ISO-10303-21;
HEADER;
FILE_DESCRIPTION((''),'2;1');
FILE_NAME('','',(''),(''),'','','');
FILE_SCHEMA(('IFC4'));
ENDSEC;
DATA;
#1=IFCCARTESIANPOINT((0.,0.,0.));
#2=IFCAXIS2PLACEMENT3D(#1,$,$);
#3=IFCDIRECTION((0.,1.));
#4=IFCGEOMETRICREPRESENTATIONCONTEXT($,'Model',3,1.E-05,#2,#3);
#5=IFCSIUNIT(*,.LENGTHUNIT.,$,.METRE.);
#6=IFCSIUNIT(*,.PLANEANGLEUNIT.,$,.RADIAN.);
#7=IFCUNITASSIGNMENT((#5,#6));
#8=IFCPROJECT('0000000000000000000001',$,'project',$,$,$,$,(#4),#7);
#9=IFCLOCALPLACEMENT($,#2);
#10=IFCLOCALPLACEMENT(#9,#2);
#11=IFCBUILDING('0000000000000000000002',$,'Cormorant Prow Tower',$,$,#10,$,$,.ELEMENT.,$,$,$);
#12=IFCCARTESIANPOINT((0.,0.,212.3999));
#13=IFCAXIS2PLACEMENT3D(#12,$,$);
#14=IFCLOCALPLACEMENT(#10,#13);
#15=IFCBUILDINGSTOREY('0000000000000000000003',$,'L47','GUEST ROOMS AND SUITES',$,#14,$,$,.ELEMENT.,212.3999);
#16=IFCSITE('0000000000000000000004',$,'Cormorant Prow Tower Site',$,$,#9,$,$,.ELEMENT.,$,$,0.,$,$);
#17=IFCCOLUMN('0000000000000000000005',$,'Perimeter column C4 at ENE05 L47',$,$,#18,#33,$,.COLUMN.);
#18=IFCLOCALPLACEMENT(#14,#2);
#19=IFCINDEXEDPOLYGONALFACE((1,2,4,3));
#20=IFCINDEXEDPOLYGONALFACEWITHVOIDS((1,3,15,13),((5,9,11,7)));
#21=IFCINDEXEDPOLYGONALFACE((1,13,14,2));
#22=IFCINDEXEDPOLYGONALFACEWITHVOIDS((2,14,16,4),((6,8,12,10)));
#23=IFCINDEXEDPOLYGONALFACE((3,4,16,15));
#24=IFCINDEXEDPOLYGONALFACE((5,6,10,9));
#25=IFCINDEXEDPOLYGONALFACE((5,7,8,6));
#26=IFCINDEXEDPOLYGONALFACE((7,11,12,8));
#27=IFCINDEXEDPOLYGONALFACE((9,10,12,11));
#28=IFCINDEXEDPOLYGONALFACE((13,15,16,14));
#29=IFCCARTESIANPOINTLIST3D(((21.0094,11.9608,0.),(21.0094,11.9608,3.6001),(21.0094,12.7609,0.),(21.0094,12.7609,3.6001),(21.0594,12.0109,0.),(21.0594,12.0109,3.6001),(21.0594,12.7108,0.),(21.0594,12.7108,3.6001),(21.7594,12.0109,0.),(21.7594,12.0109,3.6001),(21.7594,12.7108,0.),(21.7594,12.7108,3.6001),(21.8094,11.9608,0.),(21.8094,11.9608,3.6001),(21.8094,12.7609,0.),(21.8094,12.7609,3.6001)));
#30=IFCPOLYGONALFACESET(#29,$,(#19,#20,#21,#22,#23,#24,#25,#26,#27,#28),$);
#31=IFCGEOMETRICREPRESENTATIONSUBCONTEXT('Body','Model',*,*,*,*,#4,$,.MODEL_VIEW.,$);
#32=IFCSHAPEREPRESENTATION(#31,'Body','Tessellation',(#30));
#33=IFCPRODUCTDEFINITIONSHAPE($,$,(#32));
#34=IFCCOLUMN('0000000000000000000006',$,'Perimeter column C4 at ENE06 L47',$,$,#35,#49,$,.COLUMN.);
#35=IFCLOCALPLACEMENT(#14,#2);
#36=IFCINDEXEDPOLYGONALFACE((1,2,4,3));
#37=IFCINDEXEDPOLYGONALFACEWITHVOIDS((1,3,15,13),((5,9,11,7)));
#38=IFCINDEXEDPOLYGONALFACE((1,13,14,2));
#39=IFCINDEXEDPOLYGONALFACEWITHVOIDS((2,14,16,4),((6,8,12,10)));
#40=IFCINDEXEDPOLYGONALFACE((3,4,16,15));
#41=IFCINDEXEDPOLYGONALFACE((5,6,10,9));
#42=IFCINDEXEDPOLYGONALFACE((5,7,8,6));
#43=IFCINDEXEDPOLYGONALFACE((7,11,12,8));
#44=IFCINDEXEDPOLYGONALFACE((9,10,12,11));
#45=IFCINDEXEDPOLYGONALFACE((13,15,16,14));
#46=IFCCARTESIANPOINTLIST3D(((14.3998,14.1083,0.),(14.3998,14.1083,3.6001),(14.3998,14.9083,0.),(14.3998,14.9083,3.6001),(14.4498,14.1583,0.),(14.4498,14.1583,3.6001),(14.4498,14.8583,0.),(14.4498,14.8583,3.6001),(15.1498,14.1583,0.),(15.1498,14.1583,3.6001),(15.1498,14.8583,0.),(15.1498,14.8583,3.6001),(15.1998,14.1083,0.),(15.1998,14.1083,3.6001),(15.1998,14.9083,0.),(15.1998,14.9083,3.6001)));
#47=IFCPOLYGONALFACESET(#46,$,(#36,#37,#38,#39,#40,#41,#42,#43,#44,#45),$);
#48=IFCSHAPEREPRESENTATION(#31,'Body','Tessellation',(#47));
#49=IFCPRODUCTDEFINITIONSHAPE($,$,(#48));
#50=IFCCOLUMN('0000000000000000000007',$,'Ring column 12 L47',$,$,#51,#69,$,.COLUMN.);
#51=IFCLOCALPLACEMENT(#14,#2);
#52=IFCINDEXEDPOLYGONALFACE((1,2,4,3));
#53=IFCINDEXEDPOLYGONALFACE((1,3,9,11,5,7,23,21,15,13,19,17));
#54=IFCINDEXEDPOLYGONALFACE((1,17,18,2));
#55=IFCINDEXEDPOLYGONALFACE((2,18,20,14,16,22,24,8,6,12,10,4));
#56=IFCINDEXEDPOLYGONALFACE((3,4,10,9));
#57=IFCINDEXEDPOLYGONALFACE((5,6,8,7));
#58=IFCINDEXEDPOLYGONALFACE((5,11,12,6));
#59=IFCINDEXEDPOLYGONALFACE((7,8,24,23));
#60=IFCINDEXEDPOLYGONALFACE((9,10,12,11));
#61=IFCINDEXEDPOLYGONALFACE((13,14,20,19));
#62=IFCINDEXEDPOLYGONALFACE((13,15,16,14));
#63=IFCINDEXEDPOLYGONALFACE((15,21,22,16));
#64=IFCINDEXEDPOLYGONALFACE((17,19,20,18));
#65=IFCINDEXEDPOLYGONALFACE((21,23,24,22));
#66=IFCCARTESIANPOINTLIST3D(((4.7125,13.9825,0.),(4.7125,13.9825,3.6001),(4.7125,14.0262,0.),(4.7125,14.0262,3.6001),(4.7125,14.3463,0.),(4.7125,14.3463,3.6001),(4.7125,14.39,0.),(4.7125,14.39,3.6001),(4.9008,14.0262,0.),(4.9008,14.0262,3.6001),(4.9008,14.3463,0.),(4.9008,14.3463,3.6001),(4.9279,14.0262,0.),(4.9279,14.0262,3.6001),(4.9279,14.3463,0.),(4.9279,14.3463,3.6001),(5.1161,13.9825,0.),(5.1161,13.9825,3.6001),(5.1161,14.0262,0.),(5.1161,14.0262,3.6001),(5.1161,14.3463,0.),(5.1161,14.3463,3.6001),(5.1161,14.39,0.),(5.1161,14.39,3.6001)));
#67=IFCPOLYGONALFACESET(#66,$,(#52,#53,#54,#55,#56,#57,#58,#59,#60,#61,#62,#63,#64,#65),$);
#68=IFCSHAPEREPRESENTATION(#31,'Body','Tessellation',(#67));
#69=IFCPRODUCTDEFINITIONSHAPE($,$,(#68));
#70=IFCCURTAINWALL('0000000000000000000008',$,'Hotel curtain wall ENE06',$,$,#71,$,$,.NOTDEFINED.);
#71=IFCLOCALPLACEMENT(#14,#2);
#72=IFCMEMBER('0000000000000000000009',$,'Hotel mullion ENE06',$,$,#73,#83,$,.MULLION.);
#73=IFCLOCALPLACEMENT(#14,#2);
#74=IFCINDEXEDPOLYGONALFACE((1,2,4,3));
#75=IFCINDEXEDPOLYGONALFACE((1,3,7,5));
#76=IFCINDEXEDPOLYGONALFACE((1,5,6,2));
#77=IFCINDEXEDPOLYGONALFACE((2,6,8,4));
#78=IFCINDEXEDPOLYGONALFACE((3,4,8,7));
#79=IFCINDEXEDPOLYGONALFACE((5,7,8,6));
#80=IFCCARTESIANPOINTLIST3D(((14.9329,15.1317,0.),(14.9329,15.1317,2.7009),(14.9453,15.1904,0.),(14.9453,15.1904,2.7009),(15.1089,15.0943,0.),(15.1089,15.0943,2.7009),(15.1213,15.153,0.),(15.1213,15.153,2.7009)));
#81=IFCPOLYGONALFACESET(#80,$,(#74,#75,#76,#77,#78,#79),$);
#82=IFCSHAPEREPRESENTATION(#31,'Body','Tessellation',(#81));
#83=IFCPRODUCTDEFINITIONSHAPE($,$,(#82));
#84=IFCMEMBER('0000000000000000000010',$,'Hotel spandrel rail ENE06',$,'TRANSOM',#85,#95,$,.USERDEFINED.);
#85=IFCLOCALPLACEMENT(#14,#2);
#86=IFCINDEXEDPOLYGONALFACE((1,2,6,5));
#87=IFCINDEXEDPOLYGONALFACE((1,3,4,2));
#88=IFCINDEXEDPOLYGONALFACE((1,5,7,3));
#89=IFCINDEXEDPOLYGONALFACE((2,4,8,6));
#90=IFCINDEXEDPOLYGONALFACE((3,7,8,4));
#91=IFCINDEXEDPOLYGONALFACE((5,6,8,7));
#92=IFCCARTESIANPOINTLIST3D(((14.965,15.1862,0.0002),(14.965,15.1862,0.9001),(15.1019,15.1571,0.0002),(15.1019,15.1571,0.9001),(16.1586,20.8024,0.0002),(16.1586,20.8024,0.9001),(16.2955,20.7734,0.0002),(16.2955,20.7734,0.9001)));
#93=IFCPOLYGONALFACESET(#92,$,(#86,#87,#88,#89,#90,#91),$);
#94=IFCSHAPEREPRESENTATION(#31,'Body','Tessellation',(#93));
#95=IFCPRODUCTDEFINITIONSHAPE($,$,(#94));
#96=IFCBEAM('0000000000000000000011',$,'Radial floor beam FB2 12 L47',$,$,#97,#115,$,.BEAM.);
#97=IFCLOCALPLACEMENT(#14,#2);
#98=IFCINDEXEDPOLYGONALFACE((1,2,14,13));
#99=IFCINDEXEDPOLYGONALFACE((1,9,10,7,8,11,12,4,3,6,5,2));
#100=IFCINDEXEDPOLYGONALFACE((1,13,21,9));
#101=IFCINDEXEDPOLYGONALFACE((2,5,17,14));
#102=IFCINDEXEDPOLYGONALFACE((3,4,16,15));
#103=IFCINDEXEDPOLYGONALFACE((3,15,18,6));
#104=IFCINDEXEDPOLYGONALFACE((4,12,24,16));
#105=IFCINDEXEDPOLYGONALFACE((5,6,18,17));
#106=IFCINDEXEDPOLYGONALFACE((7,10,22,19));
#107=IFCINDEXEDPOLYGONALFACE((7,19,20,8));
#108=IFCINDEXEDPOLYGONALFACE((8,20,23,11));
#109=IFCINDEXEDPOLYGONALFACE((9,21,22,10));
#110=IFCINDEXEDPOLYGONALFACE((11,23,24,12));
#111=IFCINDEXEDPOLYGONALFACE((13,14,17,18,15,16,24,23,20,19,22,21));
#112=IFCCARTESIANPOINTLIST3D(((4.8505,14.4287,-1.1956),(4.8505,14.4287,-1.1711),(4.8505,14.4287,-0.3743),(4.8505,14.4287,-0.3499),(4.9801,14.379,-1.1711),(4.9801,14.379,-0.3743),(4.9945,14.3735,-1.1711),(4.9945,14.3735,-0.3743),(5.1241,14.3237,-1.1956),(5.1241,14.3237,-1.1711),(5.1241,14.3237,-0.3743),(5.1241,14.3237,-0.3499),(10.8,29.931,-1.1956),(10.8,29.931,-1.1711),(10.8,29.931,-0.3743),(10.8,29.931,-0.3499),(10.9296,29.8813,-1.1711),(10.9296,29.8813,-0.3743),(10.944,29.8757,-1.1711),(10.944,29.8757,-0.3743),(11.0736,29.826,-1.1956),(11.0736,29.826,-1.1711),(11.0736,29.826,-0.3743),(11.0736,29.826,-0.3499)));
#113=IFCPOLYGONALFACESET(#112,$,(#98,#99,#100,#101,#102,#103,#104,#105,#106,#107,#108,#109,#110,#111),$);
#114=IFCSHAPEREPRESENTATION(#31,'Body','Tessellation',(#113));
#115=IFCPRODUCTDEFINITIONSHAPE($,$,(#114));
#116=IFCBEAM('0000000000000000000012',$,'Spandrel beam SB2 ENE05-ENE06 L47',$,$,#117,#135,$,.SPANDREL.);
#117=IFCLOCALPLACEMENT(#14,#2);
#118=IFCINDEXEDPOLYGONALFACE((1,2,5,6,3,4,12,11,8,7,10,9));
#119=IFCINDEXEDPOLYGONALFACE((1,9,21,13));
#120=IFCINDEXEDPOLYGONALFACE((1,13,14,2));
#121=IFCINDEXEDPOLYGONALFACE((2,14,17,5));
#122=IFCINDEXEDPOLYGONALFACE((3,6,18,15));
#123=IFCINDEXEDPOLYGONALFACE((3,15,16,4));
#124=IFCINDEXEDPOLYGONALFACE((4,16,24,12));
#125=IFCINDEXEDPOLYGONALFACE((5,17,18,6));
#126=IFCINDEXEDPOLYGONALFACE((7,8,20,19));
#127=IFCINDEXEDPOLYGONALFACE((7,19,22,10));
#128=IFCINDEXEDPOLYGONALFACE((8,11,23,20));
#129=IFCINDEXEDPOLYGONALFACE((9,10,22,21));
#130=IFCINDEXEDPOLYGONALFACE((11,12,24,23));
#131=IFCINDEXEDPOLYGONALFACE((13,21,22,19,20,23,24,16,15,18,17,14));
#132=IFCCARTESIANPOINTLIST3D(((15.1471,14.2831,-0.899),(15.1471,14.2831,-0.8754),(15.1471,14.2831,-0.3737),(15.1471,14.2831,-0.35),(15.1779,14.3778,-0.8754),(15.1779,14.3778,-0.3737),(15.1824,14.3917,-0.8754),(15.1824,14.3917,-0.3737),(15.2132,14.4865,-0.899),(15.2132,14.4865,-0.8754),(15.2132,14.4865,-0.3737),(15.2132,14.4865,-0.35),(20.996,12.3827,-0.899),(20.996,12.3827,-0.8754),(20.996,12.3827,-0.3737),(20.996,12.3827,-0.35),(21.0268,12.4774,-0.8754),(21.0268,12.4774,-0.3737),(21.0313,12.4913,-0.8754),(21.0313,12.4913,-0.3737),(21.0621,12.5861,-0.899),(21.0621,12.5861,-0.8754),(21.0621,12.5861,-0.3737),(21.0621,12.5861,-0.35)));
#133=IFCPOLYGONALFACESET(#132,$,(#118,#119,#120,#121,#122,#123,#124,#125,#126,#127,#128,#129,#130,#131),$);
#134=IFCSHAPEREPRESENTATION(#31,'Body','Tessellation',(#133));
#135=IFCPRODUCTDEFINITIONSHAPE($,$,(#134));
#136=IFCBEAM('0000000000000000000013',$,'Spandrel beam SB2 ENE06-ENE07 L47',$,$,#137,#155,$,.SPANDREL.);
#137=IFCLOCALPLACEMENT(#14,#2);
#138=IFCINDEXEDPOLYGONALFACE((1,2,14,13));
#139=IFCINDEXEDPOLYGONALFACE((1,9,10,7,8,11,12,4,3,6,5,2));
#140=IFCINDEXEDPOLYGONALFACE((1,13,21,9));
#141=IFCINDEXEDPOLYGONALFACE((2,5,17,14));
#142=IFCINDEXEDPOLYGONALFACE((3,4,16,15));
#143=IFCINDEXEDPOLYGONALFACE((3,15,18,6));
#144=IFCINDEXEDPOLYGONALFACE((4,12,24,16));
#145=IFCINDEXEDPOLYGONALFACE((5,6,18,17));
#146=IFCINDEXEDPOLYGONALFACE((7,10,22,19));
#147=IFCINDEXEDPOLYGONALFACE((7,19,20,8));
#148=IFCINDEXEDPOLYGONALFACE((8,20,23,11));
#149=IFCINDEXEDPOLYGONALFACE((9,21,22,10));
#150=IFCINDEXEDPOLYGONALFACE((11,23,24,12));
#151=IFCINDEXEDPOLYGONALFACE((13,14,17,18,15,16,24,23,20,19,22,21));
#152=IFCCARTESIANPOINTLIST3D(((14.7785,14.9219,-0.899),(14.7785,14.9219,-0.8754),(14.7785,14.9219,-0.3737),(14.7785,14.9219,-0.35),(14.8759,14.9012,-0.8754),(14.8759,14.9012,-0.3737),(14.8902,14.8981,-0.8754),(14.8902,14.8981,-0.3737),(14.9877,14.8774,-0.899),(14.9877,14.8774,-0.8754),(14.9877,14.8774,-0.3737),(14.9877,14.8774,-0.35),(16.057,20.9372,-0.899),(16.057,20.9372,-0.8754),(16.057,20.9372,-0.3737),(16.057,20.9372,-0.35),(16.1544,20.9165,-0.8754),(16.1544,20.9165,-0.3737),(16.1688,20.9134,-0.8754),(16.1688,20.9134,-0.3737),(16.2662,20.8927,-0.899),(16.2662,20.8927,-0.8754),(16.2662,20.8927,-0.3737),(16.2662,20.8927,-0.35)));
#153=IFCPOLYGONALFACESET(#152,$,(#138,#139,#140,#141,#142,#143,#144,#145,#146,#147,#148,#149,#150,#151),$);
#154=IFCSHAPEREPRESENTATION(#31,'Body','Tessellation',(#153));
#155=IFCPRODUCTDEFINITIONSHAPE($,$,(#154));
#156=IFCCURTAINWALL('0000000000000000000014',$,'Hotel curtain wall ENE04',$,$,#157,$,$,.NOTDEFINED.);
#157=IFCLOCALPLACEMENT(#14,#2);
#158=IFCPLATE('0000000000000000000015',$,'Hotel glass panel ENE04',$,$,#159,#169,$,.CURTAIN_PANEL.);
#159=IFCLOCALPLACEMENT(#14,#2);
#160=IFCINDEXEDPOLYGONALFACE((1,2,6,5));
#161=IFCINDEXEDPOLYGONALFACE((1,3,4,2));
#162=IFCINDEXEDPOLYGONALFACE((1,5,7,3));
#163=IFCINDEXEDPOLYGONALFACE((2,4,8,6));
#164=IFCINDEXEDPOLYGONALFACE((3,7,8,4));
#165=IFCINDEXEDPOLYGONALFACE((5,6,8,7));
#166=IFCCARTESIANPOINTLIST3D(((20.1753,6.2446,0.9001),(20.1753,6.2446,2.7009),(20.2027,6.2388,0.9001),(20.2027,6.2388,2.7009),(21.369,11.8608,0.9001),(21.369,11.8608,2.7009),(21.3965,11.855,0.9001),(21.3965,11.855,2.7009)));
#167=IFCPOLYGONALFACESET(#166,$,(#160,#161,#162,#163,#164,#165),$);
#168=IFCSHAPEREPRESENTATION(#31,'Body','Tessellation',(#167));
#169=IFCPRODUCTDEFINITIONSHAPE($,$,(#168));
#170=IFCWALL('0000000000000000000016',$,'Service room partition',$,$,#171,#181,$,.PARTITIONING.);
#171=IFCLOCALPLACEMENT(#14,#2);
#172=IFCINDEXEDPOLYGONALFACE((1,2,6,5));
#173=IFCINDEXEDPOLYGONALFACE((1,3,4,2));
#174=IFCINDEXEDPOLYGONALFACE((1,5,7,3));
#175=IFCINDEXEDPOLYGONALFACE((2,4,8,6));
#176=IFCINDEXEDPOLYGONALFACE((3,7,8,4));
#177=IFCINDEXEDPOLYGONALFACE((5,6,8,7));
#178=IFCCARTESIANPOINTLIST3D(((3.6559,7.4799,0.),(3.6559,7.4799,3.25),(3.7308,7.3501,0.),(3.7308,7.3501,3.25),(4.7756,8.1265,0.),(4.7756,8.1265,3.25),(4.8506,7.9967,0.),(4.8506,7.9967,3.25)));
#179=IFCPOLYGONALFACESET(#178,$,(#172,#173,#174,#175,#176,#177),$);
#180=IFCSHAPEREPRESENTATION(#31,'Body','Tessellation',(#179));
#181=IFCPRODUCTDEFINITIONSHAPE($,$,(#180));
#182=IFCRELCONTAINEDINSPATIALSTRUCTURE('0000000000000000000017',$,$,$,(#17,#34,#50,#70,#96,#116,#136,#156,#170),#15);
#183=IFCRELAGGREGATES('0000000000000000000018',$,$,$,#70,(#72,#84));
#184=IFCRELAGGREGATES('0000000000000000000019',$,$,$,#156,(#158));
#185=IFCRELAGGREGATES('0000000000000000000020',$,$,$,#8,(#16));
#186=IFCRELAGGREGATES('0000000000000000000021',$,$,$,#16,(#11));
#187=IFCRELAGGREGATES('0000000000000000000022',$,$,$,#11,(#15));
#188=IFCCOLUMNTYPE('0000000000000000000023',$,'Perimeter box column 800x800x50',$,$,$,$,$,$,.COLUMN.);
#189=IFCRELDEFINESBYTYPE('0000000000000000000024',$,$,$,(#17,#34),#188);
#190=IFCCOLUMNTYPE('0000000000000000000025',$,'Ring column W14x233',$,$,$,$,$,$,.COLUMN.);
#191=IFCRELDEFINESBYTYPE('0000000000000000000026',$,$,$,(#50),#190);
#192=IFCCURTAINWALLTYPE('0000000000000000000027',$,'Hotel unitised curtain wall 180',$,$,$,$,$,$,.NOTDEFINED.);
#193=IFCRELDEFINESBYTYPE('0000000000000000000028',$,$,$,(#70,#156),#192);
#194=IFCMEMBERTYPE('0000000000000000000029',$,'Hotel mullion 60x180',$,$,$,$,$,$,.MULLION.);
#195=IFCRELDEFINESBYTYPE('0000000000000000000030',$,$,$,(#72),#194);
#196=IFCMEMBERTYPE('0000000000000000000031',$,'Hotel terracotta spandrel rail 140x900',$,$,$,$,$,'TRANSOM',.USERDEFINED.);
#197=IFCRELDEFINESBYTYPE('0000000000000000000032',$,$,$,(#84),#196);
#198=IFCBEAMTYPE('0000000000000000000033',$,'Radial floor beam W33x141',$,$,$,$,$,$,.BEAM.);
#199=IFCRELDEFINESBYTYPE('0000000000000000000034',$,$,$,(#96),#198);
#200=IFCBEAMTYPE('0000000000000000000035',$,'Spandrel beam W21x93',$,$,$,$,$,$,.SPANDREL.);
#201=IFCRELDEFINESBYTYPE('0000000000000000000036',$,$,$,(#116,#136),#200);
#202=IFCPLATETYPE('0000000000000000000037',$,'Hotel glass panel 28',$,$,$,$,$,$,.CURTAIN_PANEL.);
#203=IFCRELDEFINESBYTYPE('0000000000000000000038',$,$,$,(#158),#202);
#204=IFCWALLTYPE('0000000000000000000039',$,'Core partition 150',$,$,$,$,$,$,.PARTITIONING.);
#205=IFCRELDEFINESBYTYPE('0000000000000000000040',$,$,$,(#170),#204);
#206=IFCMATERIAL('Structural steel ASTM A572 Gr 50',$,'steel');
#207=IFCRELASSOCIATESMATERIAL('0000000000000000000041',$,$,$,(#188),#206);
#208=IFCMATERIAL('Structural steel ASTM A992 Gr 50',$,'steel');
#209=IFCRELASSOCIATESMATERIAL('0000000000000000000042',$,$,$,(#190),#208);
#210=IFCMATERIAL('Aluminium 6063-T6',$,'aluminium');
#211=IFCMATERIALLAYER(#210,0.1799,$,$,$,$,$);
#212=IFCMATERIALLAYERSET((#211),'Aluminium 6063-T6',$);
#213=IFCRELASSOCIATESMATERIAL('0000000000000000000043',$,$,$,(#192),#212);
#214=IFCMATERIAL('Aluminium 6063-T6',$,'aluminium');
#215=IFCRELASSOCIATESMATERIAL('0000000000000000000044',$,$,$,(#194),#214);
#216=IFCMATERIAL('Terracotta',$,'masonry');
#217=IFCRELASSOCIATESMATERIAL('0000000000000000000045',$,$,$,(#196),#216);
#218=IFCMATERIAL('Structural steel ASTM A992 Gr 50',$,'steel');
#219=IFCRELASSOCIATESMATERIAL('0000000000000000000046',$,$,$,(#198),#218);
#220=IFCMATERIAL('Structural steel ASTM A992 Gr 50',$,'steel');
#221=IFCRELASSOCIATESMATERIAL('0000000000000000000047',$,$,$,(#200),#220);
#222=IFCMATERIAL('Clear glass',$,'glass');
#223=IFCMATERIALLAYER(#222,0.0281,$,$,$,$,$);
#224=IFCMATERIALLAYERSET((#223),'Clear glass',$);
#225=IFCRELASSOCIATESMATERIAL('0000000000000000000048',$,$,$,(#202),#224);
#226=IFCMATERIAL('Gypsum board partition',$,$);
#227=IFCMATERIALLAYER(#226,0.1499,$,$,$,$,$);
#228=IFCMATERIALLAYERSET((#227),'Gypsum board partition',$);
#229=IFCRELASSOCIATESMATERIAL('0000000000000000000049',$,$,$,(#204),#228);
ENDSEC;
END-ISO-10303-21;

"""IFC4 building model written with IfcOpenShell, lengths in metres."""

from ifc_helpers import new_model, si_unit, direction, frame, frame_2d, origin, origin_2d, place, context, subcontext, project, spatial, rectangle, hollow_rectangle, i_section, extrude, material, layer, layer_set, material_profile, profile_set, type_object, element, aggregate, save


model = new_model("IFC4")

# Units and contexts
model_context = context("Model", 3, precision=1e-05, world=origin(), true_north=direction((0.0, 1.0)))
body_context = subcontext(model_context, "Body", "Model", "MODEL_VIEW")
ifc_project = project(units=[si_unit("LENGTHUNIT", "METRE"), si_unit("PLANEANGLEUNIT", "RADIAN")], contexts=[model_context])

# Site, building, storey
site_placement = place(None, origin())
site = spatial("IfcSite", under=ifc_project, at=site_placement, Name="Cormorant Prow Tower Site", CompositionType="ELEMENT", RefElevation=0.0)
building_placement = place(site_placement, origin())
building = spatial("IfcBuilding", under=site, at=building_placement, Name="Cormorant Prow Tower", CompositionType="ELEMENT")
storey_placement = place(building_placement, frame((0.0, 0.0, 212.3999)))
storey = spatial("IfcBuildingStorey", under=building, at=storey_placement, Name="L47", Description="GUEST ROOMS AND SUITES", CompositionType="ELEMENT", Elevation=212.3999)

# Columns
ifc_material_1 = material(Name="Structural steel ASTM A572 Gr 50", Category="steel")
ifc_material_profile_1 = material_profile(ifc_material_1, hollow_rectangle(XDim=0.8, YDim=0.8, WallThickness=0.05, at=origin_2d()), Name="Box 800x800x50")
ifc_profile_set_1 = profile_set([ifc_material_profile_1], Name="Structural steel ASTM A572 Gr 50")
column_type_1 = type_object("IfcColumnType", Name="Perimeter box column 800x800x50", PredefinedType="COLUMN", material=ifc_profile_set_1)
for number, where, z_axis, x_axis, name in (
    (1, (21.4094, 12.3608, 0.0), (0.0, 0.0, 1.0), (1.0, 0.0, 0.0), "Perimeter column C4 at ENE05 L47"),
    (2, (14.7998, 14.5083, 0.0), (0.0, 0.0, 1.0), (1.0, 0.0, 0.0), "Perimeter column C4 at ENE06 L47"),
):
    element("IfcColumn", number, at=place(storey_placement, frame(where, z_axis=z_axis, x_axis=x_axis)), inside=storey, type_object=column_type_1, Name=name, PredefinedType="COLUMN", context=body_context, shape_type="SweptSolid", body=[
        extrude(hollow_rectangle(XDim=0.8, YDim=0.8, WallThickness=0.05, at=origin_2d()), origin(), (0.0, 0.0, 1.0), 3.6001),
    ])
ifc_material_2 = material(Name="Structural steel ASTM A992 Gr 50", Category="steel")
ifc_material_profile_2 = material_profile(ifc_material_2, i_section(OverallWidth=0.4036, OverallDepth=0.4075, WebThickness=0.0271, FlangeThickness=0.0437, at=origin_2d()), Name="W14x233")
ifc_profile_set_2 = profile_set([ifc_material_profile_2], Name="Structural steel ASTM A992 Gr 50")
column_type_2 = type_object("IfcColumnType", Name="Ring column W14x233", PredefinedType="COLUMN", material=ifc_profile_set_2)
column_placement = place(storey_placement, frame((4.9143, 14.1863, 0.0), z_axis=(0.0, 0.0, 1.0), x_axis=(1.0, 0.0, 0.0)))
element("IfcColumn", 3, at=column_placement, inside=storey, type_object=column_type_2, Name="Ring column 12 L47", PredefinedType="COLUMN", context=body_context, shape_type="SweptSolid", body=[
    extrude(i_section(OverallWidth=0.4036, OverallDepth=0.4075, WebThickness=0.0271, FlangeThickness=0.0437, at=origin_2d()), origin(), (0.0, 0.0, 1.0), 3.6001),
])

# Curtain wall, members
ifc_material_3 = material(Name="Aluminium 6063-T6", Category="aluminium")
ifc_layer_1 = layer(ifc_material_3, 0.1799)
ifc_layer_set_1 = layer_set([ifc_layer_1], Name="Aluminium 6063-T6")
curtain_wall_type = type_object("IfcCurtainWallType", Name="Hotel unitised curtain wall 180", PredefinedType="NOTDEFINED", material=ifc_layer_set_1)
curtain_wall_1_placement = place(storey_placement, origin())
curtain_wall_1 = element("IfcCurtainWall", 4, at=curtain_wall_1_placement, inside=storey, type_object=curtain_wall_type, Name="Hotel curtain wall ENE06", PredefinedType="NOTDEFINED")
ifc_material_4 = material(Name="Aluminium 6063-T6", Category="aluminium")
ifc_material_profile_3 = material_profile(ifc_material_4, rectangle(XDim=0.1799, YDim=0.0601, at=origin_2d()), Name="Hotel mullion 60x180")
ifc_profile_set_3 = profile_set([ifc_material_profile_3], Name="Aluminium 6063-T6")
member_type_1 = type_object("IfcMemberType", Name="Hotel mullion 60x180", PredefinedType="MULLION", material=ifc_profile_set_3)
member_1_placement = place(storey_placement, frame((15.0271, 15.1423, 0.0), z_axis=(0.0, 0.0, 1.0), x_axis=(-0.978148, 0.207912, 0.0)))
member_1 = element("IfcMember", 5, at=member_1_placement, type_object=member_type_1, Name="Hotel mullion ENE06", PredefinedType="MULLION", context=body_context, shape_type="SweptSolid", body=[
    extrude(rectangle(XDim=0.1799, YDim=0.0601, at=origin_2d()), origin(), (0.0, 0.0, 1.0), 2.7009),
])
ifc_material_5 = material(Name="Terracotta", Category="masonry")
ifc_material_profile_4 = material_profile(ifc_material_5, rectangle(XDim=0.1399, YDim=0.8999, at=origin_2d()), Name="Hotel terracotta spandrel rail 140x900")
ifc_profile_set_4 = profile_set([ifc_material_profile_4], Name="Terracotta")
member_type_2 = type_object("IfcMemberType", Name="Hotel terracotta spandrel rail 140x900", ElementType="TRANSOM", PredefinedType="USERDEFINED", material=ifc_profile_set_4)
member_2_placement = place(storey_placement, frame((15.0334, 15.1716, 0.4502), z_axis=(0.207885, 0.978153, 0.0), x_axis=(-0.978153, 0.207885, 0.0)))
member_2 = element("IfcMember", 6, at=member_2_placement, type_object=member_type_2, Name="Hotel spandrel rail ENE06", ObjectType="TRANSOM", PredefinedType="USERDEFINED", context=body_context, shape_type="SweptSolid", body=[
    extrude(rectangle(XDim=0.1399, YDim=0.8999, at=origin_2d()), origin(), (0.0, 0.0, 1.0), 5.7417),
])
aggregate(curtain_wall_1, [member_1, member_2])

# Beams
ifc_material_6 = material(Name="Structural steel ASTM A992 Gr 50", Category="steel")
ifc_material_profile_5 = material_profile(ifc_material_6, i_section(OverallWidth=0.293, OverallDepth=0.8457, WebThickness=0.0154, FlangeThickness=0.0244, at=origin_2d()), Name="W33x141")
ifc_profile_set_5 = profile_set([ifc_material_profile_5], Name="Structural steel ASTM A992 Gr 50")
beam_type_1 = type_object("IfcBeamType", Name="Radial floor beam W33x141", PredefinedType="BEAM", material=ifc_profile_set_5)
beam_1_placement = place(storey_placement, frame((4.9873, 14.3762, -0.7727), z_axis=(0.358301, 0.933606, 0.0), x_axis=(-0.933606, 0.358301, 0.0)))
element("IfcBeam", 7, at=beam_1_placement, inside=storey, type_object=beam_type_1, Name="Radial floor beam FB2 12 L47", PredefinedType="BEAM", context=body_context, shape_type="SweptSolid", body=[
    extrude(i_section(OverallWidth=0.293, OverallDepth=0.8457, WebThickness=0.0154, FlangeThickness=0.0244, at=origin_2d()), origin(), (0.0, 0.0, 1.0), 16.6047),
])
ifc_material_7 = material(Name="Structural steel ASTM A992 Gr 50", Category="steel")
ifc_material_profile_6 = material_profile(ifc_material_7, i_section(OverallWidth=0.2139, OverallDepth=0.5491, WebThickness=0.0146, FlangeThickness=0.0237, at=origin_2d()), Name="W21x93")
ifc_profile_set_6 = profile_set([ifc_material_profile_6], Name="Structural steel ASTM A992 Gr 50")
beam_type_2 = type_object("IfcBeamType", Name="Spandrel beam W21x93", PredefinedType="SPANDREL", material=ifc_profile_set_6)
beam_2_placement = place(storey_placement, frame((21.0291, 12.4844, -0.6245), z_axis=(-0.951058, 0.309013, 0.0), x_axis=(-0.309013, -0.951058, 0.0)))
element("IfcBeam", 8, at=beam_2_placement, inside=storey, type_object=beam_type_2, Name="Spandrel beam SB2 ENE05-ENE06 L47", PredefinedType="SPANDREL", context=body_context, shape_type="SweptSolid", body=[
    extrude(i_section(OverallWidth=0.2139, OverallDepth=0.5491, WebThickness=0.0146, FlangeThickness=0.0237, at=origin_2d()), origin(), (0.0, 0.0, 1.0), 6.1499),
])
beam_3_placement = place(storey_placement, frame((14.8831, 14.8997, -0.6245), z_axis=(0.207905, 0.978149, 0.0), x_axis=(-0.978149, 0.207905, 0.0)))
element("IfcBeam", 9, at=beam_3_placement, inside=storey, type_object=beam_type_2, Name="Spandrel beam SB2 ENE06-ENE07 L47", PredefinedType="SPANDREL", context=body_context, shape_type="SweptSolid", body=[
    extrude(i_section(OverallWidth=0.2139, OverallDepth=0.5491, WebThickness=0.0146, FlangeThickness=0.0237, at=origin_2d()), origin(), (0.0, 0.0, 1.0), 6.1497),
])

# Curtain wall, plate
curtain_wall_2_placement = place(storey_placement, origin())
curtain_wall_2 = element("IfcCurtainWall", 10, at=curtain_wall_2_placement, inside=storey, type_object=curtain_wall_type, Name="Hotel curtain wall ENE04", PredefinedType="NOTDEFINED")
ifc_material_8 = material(Name="Clear glass", Category="glass")
ifc_layer_2 = layer(ifc_material_8, 0.0281)
ifc_layer_set_2 = layer_set([ifc_layer_2], Name="Clear glass")
plate_type = type_object("IfcPlateType", Name="Hotel glass panel 28", PredefinedType="CURTAIN_PANEL", material=ifc_layer_set_2)
plate_placement = place(storey_placement, frame((20.7859, 9.0498, 0.9001), z_axis=(0.0, 0.0, 1.0), x_axis=(0.207912, 0.978148, 0.0)))
plate = element("IfcPlate", 11, at=plate_placement, type_object=plate_type, Name="Hotel glass panel ENE04", PredefinedType="CURTAIN_PANEL", context=body_context, shape_type="SweptSolid", body=[
    extrude(rectangle(XDim=5.7417, YDim=0.0281, at=origin_2d()), origin(), (0.0, 0.0, 1.0), 1.8008),
])
aggregate(curtain_wall_2, [plate])

# Wall
ifc_material_9 = material(Name="Gypsum board partition")
ifc_layer_3 = layer(ifc_material_9, 0.1499)
ifc_layer_set_3 = layer_set([ifc_layer_3], Name="Gypsum board partition")
wall_type_1 = type_object("IfcWallType", Name="Core partition 150", PredefinedType="PARTITIONING", material=ifc_layer_set_3)
wall_1_placement = place(storey_placement, frame((3.6934, 7.415, 0.0), z_axis=(0.0, 0.0, 1.0), x_axis=(0.866003, 0.500038, 0.0)))
element("IfcWall", 12, at=wall_1_placement, inside=storey, type_object=wall_type_1, Name="Service room partition", PredefinedType="PARTITIONING", context=body_context, shape_type="SweptSolid", body=[
    extrude(rectangle(XDim=1.293, YDim=0.1499, at=frame_2d((0.6465, 0.0))), origin(), (0.0, 0.0, 1.0), 3.25),
])

save(model, "model.ifc")
